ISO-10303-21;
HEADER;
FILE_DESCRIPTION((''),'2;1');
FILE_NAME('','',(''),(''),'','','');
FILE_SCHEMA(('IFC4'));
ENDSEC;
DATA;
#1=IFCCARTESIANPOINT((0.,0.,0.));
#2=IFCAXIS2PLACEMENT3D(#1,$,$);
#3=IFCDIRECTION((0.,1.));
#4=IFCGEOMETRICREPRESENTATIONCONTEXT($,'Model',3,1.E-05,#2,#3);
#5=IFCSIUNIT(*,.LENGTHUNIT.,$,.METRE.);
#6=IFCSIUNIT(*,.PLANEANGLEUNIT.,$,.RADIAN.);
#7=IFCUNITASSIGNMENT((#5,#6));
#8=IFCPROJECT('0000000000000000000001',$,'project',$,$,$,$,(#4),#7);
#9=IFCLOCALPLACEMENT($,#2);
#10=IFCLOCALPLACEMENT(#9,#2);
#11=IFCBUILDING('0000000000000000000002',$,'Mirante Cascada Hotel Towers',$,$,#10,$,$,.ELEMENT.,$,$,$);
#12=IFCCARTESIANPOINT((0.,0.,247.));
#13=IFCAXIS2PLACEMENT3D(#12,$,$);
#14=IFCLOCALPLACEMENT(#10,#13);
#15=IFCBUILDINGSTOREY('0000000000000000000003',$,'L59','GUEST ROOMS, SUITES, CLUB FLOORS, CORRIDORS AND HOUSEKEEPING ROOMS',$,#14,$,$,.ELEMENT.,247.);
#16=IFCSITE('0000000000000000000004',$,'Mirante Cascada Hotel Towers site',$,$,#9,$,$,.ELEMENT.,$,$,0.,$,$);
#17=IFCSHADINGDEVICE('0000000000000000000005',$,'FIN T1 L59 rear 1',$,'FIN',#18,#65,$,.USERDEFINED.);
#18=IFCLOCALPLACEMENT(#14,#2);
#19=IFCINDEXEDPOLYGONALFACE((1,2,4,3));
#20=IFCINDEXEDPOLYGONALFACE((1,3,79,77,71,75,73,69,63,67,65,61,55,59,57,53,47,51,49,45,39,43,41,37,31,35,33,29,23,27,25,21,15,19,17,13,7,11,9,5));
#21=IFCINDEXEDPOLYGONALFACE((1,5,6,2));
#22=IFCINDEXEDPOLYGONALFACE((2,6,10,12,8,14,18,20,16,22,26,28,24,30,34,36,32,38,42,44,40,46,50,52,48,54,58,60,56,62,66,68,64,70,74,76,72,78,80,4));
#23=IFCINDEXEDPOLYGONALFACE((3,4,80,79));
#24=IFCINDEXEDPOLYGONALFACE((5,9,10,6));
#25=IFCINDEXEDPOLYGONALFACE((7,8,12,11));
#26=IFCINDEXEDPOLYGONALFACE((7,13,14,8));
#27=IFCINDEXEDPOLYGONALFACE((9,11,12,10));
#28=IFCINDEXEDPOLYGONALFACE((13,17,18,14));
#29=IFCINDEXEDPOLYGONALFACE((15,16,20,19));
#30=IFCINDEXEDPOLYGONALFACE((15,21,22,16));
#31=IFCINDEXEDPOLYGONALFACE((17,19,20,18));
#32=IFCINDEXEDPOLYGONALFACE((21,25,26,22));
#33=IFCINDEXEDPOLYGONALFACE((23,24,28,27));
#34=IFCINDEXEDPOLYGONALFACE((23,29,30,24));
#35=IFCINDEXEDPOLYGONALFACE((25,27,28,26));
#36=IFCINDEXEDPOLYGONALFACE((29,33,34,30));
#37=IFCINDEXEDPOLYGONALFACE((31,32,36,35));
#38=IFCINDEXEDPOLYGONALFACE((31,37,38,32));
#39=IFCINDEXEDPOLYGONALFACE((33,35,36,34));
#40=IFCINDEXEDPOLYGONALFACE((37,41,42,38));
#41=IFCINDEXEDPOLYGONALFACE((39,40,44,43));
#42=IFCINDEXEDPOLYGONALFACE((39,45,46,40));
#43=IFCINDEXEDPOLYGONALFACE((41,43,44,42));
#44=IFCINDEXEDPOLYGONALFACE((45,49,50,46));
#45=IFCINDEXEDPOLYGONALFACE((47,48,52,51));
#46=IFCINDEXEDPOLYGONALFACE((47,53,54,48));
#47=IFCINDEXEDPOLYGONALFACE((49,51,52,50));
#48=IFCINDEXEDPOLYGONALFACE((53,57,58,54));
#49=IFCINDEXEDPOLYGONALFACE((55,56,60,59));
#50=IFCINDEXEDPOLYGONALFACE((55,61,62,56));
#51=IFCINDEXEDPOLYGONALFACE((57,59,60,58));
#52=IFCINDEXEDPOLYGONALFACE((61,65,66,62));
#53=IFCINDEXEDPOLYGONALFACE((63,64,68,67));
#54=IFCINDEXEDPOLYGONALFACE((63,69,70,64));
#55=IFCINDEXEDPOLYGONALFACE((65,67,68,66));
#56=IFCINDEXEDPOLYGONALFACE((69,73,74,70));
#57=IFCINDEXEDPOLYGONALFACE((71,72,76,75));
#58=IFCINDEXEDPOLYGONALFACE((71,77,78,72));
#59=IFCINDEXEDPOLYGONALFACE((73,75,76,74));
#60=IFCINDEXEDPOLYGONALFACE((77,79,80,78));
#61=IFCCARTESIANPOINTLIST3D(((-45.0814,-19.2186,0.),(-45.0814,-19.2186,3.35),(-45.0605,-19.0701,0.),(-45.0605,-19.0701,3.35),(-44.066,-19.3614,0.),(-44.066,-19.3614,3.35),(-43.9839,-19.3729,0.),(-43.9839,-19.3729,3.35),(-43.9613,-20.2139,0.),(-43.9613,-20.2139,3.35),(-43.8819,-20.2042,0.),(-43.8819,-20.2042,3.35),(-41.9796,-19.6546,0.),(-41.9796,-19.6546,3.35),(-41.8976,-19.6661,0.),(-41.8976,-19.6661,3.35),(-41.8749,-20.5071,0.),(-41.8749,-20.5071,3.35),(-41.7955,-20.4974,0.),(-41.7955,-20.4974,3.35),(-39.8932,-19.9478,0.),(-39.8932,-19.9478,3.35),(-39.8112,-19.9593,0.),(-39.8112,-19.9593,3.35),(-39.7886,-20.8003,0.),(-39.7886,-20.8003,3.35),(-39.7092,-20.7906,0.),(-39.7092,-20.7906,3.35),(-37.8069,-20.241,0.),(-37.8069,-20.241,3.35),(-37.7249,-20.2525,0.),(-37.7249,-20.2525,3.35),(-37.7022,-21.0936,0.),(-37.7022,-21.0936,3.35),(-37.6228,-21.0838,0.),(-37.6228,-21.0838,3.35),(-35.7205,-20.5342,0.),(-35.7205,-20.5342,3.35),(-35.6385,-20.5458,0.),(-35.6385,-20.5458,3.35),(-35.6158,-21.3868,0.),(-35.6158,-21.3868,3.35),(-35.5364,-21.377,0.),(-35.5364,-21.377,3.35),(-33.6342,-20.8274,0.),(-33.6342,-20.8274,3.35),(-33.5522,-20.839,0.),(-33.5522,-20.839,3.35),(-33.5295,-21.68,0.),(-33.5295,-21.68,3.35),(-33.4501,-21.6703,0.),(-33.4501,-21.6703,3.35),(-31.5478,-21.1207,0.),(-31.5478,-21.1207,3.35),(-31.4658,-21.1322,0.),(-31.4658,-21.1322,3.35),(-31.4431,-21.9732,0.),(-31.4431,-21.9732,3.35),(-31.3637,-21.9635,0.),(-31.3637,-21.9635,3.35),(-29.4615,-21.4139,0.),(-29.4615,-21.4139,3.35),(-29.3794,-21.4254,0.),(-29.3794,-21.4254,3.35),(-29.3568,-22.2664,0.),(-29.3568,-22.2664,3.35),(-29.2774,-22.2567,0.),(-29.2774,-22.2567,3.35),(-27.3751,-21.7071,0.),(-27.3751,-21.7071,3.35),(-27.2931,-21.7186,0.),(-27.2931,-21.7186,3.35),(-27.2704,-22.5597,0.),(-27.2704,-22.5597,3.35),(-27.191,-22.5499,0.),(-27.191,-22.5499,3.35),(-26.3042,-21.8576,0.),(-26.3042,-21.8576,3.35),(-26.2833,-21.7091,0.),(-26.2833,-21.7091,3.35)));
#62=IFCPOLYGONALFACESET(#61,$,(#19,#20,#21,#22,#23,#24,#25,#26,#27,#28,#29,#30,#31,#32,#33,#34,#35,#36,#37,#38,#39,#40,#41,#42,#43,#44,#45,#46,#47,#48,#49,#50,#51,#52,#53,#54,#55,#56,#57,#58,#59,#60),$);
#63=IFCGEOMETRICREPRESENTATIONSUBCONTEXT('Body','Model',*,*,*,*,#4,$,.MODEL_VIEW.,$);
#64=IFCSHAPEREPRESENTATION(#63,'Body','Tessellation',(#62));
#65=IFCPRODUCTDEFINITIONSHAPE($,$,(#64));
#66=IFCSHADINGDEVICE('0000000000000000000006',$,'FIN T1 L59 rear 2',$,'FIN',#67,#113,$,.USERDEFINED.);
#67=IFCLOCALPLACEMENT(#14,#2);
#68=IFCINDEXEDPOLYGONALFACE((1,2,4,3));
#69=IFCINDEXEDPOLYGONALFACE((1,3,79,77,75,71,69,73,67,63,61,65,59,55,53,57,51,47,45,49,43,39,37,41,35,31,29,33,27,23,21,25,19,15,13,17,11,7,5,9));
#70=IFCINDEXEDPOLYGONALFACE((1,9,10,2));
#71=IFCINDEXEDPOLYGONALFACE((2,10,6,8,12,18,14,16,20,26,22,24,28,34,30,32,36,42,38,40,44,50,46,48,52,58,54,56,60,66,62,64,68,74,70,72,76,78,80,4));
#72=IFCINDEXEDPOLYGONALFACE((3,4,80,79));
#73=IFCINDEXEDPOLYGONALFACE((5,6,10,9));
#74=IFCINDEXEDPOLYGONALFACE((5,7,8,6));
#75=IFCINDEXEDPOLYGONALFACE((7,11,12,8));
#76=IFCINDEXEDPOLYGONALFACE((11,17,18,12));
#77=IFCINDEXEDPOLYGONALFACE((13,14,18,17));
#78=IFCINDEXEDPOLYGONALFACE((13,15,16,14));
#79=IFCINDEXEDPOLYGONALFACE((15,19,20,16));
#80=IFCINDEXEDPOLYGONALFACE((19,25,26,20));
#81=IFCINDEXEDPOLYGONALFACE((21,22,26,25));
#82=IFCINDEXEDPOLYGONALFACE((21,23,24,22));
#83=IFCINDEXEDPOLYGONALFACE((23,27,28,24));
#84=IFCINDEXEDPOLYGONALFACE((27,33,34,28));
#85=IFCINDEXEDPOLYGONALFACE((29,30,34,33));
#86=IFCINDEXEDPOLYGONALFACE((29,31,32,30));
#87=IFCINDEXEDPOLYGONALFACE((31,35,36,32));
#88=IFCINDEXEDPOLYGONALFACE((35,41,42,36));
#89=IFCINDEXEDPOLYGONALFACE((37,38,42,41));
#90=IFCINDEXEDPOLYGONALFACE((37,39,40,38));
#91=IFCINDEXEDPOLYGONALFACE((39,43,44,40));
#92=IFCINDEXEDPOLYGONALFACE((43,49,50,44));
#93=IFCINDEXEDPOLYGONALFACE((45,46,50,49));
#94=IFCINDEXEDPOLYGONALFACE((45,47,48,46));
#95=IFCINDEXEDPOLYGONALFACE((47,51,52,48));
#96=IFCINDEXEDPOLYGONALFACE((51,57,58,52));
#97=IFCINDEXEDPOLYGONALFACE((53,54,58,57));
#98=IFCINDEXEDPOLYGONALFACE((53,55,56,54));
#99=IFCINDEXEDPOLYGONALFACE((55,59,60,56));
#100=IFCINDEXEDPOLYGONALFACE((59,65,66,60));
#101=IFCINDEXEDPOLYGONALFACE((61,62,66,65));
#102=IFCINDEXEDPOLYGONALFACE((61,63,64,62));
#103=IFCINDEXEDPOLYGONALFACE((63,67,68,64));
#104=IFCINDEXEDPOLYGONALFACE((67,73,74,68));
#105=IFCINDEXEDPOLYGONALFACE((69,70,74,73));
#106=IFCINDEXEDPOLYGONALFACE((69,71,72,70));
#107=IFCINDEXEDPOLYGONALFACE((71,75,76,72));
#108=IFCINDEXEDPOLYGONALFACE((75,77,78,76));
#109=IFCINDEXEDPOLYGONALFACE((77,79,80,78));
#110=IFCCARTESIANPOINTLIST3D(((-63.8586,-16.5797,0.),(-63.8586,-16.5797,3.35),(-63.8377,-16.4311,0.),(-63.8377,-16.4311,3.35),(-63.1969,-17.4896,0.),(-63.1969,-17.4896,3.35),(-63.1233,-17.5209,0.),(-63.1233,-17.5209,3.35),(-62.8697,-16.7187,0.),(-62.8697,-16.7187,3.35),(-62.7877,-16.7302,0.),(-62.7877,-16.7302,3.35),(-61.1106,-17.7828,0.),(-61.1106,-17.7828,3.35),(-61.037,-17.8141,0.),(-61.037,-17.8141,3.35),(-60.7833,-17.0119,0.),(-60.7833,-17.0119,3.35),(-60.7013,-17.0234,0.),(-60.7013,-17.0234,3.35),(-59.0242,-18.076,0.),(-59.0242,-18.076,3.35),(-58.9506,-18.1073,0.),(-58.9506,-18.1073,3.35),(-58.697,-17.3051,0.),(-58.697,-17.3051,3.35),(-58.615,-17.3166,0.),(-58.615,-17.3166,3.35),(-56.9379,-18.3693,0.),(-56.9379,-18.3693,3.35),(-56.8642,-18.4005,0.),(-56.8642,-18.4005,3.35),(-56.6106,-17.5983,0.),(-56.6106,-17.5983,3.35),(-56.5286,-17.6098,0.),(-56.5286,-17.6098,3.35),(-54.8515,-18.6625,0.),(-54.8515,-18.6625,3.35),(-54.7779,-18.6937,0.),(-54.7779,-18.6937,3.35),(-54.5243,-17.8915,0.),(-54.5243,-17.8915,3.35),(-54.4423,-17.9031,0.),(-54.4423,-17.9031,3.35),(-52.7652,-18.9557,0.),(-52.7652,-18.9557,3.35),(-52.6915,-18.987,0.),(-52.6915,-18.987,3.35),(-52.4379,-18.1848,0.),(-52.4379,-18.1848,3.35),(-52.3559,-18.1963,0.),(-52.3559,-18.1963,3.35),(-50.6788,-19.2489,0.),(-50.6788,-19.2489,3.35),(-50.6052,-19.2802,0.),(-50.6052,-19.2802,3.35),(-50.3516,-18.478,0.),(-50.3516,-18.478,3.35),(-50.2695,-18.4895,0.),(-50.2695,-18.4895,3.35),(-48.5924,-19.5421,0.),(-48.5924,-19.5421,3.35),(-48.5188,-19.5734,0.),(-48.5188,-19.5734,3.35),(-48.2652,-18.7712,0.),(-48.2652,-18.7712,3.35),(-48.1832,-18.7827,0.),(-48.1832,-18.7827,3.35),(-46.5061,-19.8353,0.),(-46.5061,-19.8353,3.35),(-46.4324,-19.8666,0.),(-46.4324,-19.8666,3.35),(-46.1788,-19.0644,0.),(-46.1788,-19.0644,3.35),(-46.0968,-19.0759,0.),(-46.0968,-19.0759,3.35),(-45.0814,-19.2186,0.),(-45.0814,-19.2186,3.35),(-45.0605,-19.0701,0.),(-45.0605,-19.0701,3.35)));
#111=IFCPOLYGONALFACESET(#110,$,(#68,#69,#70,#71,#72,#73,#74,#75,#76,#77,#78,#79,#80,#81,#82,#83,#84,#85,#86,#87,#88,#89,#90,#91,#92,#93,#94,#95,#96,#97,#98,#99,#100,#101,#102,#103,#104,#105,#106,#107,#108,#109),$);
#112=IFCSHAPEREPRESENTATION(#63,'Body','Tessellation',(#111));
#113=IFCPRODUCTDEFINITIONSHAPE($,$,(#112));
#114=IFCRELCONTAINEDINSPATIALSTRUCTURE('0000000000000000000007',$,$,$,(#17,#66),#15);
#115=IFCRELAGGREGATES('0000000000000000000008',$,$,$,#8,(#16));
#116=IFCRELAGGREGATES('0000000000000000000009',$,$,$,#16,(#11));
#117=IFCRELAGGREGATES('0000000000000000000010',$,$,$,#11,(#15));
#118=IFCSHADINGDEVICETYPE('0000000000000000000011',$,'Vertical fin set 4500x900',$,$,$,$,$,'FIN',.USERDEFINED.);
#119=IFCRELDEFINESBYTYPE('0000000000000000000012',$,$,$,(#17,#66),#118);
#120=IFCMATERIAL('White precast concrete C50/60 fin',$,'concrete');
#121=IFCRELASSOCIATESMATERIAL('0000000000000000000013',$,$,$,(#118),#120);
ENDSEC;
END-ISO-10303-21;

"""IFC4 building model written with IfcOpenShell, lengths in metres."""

from ifc_helpers import new_model, si_unit, direction, frame, origin, place, context, subcontext, project, spatial, polyline, outline, extrude, material, type_object, element, save


model = new_model("IFC4")

# Units and contexts
model_context = context("Model", 3, precision=1e-05, world=origin(), true_north=direction((0.0, 1.0)))
body_context = subcontext(model_context, "Body", "Model", "MODEL_VIEW")
ifc_project = project(units=[si_unit("LENGTHUNIT", "METRE"), si_unit("PLANEANGLEUNIT", "RADIAN")], contexts=[model_context])

# Site, building, storey
site_placement = place(None, origin())
site = spatial("IfcSite", under=ifc_project, at=site_placement, Name="Mirante Cascada Hotel Towers site", CompositionType="ELEMENT", RefElevation=0.0)
building_placement = place(site_placement, origin())
building = spatial("IfcBuilding", under=site, at=building_placement, Name="Mirante Cascada Hotel Towers", CompositionType="ELEMENT")
storey_placement = place(building_placement, frame((0.0, 0.0, 247.0)))
storey = spatial("IfcBuildingStorey", under=building, at=storey_placement, Name="L59", Description="GUEST ROOMS, SUITES, CLUB FLOORS, CORRIDORS AND HOUSEKEEPING ROOMS", CompositionType="ELEMENT", Elevation=247.0)

# Shading devices
ifc_material_1 = material(Name="White precast concrete C50/60 fin", Category="concrete")
shading_device_type = type_object("IfcShadingDeviceType", Name="Vertical fin set 4500x900", ElementType="FIN", PredefinedType="USERDEFINED", material=ifc_material_1)
shading_device_1_placement = place(storey_placement, origin())
element("IfcShadingDevice", 1, at=shading_device_1_placement, inside=storey, type_object=shading_device_type, Name="FIN T1 L59 rear 1", ObjectType="FIN", PredefinedType="USERDEFINED", context=body_context, shape_type="SweptSolid", body=[
    extrude(outline(polyline([(-27.3751, -21.7071), (-29.3794, -21.4254), (-29.2774, -22.2567), (-29.3568, -22.2664), (-29.4615, -21.4139), (-31.4658, -21.1322), (-31.3637, -21.9635), (-31.4431, -21.9732), (-31.5478, -21.1207), (-33.5522, -20.839), (-33.4501, -21.6703), (-33.5295, -21.68), (-33.6342, -20.8274), (-35.6385, -20.5458), (-35.5364, -21.377), (-35.6158, -21.3868), (-35.7205, -20.5342), (-37.7249, -20.2525), (-37.6228, -21.0838), (-37.7022, -21.0936), (-37.8069, -20.241), (-39.8112, -19.9593), (-39.7092, -20.7906), (-39.7886, -20.8003), (-39.8932, -19.9478), (-41.8976, -19.6661), (-41.7955, -20.4974), (-41.8749, -20.5071), (-41.9796, -19.6546), (-43.9839, -19.3729), (-43.8819, -20.2042), (-43.9613, -20.2139), (-44.066, -19.3614), (-45.0814, -19.2186), (-45.0605, -19.0701), (-26.2833, -21.7091), (-26.3042, -21.8576), (-27.2931, -21.7186), (-27.191, -22.5499), (-27.2704, -22.5597), (-27.3751, -21.7071)])), origin(), (0.0, 0.0, 1.0), 3.35),
])
shading_device_2_placement = place(storey_placement, origin())
element("IfcShadingDevice", 2, at=shading_device_2_placement, inside=storey, type_object=shading_device_type, Name="FIN T1 L59 rear 2", ObjectType="FIN", PredefinedType="USERDEFINED", context=body_context, shape_type="SweptSolid", body=[
    extrude(outline(polyline([(-46.1788, -19.0644), (-48.1832, -18.7827), (-48.5188, -19.5734), (-48.5924, -19.5421), (-48.2652, -18.7712), (-50.2695, -18.4895), (-50.6052, -19.2802), (-50.6788, -19.2489), (-50.3516, -18.478), (-52.3559, -18.1963), (-52.6915, -18.987), (-52.7652, -18.9557), (-52.4379, -18.1848), (-54.4423, -17.9031), (-54.7779, -18.6937), (-54.8515, -18.6625), (-54.5243, -17.8915), (-56.5286, -17.6098), (-56.8642, -18.4005), (-56.9379, -18.3693), (-56.6106, -17.5983), (-58.615, -17.3166), (-58.9506, -18.1073), (-59.0242, -18.076), (-58.697, -17.3051), (-60.7013, -17.0234), (-61.037, -17.8141), (-61.1106, -17.7828), (-60.7833, -17.0119), (-62.7877, -16.7302), (-63.1233, -17.5209), (-63.1969, -17.4896), (-62.8697, -16.7187), (-63.8586, -16.5797), (-63.8377, -16.4311), (-45.0605, -19.0701), (-45.0814, -19.2186), (-46.0968, -19.0759), (-46.4324, -19.8666), (-46.5061, -19.8353), (-46.1788, -19.0644)])), origin(), (0.0, 0.0, 1.0), 3.35),
])

save(model, "model.ifc")
